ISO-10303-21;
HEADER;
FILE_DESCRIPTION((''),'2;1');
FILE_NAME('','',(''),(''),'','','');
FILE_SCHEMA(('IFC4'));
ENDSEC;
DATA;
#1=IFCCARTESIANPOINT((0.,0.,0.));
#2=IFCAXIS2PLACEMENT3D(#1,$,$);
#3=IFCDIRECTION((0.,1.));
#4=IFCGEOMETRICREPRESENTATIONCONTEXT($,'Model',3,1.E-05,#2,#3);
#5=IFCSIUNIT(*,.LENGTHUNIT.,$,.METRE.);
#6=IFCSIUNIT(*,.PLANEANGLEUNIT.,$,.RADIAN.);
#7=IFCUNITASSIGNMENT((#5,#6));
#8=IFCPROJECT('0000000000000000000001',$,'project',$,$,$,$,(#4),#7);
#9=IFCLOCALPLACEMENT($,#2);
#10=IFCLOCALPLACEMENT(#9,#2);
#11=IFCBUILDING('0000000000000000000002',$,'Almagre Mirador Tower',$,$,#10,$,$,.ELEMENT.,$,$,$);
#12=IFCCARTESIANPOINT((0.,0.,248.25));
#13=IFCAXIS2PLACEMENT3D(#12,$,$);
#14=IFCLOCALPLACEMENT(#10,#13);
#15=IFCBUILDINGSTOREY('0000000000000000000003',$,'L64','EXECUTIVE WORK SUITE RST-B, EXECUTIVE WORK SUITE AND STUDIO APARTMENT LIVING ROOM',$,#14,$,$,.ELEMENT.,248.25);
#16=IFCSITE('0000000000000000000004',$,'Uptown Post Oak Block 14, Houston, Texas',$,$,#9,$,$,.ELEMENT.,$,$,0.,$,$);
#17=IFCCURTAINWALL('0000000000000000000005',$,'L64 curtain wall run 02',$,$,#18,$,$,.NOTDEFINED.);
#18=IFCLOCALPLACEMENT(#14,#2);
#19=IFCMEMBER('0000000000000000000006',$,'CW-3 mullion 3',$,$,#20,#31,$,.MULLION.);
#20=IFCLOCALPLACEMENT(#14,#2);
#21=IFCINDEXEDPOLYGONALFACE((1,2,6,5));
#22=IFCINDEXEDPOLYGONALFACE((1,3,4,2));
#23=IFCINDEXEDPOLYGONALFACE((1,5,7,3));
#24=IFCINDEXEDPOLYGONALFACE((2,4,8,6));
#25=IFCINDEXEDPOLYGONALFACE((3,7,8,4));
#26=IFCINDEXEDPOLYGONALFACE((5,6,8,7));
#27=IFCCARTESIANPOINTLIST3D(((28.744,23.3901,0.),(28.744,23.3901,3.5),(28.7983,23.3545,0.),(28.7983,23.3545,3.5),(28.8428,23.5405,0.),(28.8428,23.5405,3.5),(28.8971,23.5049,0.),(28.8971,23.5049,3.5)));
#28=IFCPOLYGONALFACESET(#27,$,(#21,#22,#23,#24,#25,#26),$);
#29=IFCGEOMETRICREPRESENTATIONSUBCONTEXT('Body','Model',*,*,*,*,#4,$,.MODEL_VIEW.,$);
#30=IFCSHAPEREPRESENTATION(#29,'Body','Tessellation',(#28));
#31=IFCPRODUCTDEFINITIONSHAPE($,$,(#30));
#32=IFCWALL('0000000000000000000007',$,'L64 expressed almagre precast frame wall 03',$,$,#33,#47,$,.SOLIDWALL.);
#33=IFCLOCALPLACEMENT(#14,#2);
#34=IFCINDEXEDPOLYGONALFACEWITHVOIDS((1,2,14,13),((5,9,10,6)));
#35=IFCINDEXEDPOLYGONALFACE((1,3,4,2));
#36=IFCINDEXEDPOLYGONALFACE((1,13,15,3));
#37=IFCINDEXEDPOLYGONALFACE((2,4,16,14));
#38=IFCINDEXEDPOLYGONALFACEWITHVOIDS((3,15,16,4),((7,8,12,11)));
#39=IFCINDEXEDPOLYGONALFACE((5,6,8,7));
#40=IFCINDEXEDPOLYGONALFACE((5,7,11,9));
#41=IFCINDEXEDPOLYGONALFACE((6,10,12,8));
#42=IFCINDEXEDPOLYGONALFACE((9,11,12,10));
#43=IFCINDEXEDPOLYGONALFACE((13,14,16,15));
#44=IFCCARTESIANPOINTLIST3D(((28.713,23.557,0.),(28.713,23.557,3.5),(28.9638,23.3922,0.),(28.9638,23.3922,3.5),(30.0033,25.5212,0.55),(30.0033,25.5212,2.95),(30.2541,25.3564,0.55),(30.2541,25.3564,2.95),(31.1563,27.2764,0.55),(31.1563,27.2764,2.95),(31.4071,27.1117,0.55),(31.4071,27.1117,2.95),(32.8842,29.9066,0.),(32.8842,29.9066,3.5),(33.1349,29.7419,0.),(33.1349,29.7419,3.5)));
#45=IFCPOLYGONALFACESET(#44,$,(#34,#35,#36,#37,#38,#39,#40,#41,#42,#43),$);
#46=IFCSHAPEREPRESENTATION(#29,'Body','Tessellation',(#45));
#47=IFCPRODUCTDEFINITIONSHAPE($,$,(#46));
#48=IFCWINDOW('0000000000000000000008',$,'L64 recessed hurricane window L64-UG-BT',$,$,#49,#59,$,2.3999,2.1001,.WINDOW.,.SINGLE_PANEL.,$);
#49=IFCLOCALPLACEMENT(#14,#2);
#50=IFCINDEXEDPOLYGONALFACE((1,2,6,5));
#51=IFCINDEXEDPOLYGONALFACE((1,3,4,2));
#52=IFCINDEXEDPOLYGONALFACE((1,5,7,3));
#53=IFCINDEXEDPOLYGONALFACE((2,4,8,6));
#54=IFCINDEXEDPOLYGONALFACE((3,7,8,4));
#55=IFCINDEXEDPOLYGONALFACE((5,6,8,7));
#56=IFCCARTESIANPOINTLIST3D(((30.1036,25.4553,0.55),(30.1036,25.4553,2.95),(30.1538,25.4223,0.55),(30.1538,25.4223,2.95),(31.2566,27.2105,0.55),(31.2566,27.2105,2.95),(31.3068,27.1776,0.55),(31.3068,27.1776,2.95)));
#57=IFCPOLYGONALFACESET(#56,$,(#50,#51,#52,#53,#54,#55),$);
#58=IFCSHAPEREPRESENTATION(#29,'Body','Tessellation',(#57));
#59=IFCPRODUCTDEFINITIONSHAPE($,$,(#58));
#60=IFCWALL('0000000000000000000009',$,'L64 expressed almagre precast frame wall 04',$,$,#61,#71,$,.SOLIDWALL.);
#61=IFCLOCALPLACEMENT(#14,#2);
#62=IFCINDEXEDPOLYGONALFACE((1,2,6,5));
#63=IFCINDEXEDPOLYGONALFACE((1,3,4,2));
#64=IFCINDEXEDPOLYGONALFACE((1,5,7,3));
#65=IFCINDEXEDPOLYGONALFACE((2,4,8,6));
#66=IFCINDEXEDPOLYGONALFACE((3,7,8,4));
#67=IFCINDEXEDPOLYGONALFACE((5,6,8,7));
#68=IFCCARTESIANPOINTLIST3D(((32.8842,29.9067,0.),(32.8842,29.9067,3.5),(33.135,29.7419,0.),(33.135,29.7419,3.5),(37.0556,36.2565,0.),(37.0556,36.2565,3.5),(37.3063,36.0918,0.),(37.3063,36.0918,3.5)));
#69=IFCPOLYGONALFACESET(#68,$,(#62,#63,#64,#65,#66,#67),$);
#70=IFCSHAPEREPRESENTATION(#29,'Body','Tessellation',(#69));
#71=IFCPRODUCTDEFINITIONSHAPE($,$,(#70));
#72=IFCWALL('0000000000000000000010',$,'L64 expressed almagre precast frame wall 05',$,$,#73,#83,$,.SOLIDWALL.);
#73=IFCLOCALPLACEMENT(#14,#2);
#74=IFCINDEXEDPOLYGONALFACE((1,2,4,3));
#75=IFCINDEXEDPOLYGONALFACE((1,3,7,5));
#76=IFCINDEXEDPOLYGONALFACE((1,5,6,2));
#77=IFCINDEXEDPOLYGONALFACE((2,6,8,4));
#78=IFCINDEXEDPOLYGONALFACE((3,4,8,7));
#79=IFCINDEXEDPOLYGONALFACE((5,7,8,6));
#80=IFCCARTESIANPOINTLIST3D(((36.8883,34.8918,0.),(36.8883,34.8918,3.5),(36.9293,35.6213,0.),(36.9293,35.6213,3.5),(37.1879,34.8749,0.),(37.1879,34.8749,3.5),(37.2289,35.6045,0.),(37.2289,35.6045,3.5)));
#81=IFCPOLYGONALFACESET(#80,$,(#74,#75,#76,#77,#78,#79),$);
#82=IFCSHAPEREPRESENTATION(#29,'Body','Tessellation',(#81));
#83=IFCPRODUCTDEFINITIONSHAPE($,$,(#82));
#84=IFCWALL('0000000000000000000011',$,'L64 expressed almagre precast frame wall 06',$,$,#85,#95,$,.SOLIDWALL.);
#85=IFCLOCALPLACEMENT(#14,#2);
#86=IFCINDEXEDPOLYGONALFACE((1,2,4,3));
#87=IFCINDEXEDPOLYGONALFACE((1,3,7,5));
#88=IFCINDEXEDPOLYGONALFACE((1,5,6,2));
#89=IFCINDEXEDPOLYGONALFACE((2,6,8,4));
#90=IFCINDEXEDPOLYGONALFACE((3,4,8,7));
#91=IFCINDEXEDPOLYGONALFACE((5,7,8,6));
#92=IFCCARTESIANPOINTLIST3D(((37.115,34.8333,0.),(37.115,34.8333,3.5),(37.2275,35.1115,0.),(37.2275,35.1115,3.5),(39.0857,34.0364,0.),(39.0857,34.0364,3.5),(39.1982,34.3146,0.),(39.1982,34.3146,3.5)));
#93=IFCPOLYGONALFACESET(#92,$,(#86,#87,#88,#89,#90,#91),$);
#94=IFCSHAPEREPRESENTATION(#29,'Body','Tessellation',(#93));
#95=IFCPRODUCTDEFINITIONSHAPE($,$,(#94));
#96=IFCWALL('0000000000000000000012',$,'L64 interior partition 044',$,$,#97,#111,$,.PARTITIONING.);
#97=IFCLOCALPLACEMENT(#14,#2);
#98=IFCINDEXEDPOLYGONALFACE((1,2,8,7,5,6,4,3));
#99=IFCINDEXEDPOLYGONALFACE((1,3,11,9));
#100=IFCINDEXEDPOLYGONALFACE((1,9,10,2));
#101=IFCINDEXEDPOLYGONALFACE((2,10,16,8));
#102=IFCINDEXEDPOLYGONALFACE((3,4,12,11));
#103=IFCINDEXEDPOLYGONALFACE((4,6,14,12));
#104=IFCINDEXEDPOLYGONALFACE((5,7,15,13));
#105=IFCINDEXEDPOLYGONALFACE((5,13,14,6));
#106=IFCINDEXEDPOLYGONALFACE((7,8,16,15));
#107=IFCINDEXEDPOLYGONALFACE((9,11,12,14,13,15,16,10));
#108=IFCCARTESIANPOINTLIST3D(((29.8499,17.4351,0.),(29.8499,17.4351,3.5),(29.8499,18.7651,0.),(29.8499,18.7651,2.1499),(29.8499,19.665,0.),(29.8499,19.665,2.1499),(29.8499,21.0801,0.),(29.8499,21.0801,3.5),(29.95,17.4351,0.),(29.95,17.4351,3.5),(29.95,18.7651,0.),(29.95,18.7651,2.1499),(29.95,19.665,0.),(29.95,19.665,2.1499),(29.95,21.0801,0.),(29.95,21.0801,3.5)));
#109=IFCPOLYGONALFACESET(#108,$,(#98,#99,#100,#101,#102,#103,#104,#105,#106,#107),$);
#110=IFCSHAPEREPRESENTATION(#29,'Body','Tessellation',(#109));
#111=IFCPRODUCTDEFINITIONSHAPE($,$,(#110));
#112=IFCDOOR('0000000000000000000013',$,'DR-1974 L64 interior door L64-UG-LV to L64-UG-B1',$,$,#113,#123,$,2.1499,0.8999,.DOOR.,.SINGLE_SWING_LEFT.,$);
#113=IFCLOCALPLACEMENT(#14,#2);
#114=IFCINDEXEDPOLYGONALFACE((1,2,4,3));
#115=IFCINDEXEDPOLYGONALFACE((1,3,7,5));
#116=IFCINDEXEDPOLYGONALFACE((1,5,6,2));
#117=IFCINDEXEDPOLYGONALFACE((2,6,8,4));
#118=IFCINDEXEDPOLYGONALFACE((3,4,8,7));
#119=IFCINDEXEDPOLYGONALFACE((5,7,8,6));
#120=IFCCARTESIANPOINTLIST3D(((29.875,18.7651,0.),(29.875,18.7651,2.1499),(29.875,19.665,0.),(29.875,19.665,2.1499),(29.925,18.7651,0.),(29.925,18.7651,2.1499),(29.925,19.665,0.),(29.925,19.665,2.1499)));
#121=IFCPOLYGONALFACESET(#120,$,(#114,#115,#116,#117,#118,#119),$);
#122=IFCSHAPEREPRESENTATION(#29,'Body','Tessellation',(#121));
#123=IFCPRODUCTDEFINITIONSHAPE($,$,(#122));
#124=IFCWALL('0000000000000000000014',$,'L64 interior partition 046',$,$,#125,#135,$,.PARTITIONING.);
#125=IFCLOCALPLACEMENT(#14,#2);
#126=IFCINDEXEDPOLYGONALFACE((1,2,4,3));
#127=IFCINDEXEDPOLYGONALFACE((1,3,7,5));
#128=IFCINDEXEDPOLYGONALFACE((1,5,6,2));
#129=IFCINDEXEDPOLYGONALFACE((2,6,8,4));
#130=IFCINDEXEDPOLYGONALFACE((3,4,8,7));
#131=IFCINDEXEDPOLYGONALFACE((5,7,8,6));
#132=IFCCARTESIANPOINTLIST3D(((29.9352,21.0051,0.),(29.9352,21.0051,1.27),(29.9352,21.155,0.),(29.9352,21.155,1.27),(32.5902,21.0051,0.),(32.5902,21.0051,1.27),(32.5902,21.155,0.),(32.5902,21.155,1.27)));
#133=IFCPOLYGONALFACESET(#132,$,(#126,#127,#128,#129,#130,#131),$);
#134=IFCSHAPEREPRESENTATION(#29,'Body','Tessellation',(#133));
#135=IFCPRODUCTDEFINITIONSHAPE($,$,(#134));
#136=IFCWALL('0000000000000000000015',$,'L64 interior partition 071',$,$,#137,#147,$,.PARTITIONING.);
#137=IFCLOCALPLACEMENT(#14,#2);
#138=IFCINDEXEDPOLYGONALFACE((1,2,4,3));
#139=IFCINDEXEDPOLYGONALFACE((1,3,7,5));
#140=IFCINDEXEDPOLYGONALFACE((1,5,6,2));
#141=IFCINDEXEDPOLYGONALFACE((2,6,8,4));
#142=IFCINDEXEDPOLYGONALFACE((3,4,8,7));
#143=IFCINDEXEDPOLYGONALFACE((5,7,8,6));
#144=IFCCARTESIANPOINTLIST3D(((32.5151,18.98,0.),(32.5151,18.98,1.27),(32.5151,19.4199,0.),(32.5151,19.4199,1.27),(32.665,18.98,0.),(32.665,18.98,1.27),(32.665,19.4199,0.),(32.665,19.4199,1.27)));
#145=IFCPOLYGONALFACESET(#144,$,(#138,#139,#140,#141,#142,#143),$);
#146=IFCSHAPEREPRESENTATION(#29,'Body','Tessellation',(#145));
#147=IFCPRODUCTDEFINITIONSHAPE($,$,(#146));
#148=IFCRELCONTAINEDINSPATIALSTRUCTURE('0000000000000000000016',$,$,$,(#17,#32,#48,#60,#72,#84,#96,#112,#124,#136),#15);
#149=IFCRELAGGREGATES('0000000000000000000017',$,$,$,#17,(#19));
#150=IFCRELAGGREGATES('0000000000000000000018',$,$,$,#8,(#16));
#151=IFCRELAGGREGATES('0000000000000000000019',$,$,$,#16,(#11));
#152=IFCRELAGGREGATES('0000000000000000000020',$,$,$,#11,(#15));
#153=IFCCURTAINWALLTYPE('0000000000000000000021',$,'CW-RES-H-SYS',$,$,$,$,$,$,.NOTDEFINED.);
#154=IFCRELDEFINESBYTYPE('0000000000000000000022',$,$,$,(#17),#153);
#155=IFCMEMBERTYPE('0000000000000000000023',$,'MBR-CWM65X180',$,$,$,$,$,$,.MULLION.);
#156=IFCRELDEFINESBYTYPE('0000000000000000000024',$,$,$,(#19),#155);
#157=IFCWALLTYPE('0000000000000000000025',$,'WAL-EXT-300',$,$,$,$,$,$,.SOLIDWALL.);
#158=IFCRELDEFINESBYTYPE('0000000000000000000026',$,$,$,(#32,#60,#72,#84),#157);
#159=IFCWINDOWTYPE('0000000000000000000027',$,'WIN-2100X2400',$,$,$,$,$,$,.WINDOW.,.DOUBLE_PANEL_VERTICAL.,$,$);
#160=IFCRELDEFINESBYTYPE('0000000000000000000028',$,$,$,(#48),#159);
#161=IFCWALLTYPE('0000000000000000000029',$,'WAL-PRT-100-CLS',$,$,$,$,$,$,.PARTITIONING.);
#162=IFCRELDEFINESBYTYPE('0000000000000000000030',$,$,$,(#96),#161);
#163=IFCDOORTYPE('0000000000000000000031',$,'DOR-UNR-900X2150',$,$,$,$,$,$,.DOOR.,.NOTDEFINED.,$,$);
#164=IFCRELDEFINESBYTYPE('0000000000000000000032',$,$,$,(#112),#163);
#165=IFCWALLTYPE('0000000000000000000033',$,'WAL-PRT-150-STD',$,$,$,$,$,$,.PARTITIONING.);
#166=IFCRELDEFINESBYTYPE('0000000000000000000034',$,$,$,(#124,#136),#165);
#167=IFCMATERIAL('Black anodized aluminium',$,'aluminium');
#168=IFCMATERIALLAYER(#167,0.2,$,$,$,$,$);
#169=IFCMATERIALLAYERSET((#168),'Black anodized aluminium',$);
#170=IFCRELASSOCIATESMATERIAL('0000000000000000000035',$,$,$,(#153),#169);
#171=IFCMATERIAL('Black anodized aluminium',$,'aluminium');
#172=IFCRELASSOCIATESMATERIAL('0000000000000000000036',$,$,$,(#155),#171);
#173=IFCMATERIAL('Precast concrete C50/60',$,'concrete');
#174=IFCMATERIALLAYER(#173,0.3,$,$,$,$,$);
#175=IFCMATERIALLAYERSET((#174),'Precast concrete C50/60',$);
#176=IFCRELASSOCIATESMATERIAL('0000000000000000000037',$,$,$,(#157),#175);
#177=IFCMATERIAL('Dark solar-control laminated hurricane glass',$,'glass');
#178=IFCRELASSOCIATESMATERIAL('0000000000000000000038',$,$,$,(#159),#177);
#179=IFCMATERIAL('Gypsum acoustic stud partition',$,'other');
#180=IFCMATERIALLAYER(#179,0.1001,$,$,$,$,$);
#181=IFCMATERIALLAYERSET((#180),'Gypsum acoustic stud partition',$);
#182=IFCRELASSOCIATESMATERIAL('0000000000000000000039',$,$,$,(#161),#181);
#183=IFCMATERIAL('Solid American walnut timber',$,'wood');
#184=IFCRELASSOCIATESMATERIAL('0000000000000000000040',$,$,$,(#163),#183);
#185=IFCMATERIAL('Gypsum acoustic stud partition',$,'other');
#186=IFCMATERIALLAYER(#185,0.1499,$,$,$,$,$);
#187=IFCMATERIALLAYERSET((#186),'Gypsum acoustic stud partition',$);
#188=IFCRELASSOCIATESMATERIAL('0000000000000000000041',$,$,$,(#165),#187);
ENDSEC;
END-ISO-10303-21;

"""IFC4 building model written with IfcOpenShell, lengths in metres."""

from ifc_helpers import new_model, si_unit, direction, frame, frame_2d, origin, origin_2d, place, context, subcontext, project, spatial, rectangle, extrude, material, layer, layer_set, material_profile, profile_set, type_object, element, fill, aggregate, save


model = new_model("IFC4")

# Units and contexts
model_context = context("Model", 3, precision=1e-05, world=origin(), true_north=direction((0.0, 1.0)))
body_context = subcontext(model_context, "Body", "Model", "MODEL_VIEW")
ifc_project = project(units=[si_unit("LENGTHUNIT", "METRE"), si_unit("PLANEANGLEUNIT", "RADIAN")], contexts=[model_context])

# Site, building, storey
site_placement = place(None, origin())
site = spatial("IfcSite", under=ifc_project, at=site_placement, Name="Uptown Post Oak Block 14, Houston, Texas", CompositionType="ELEMENT", RefElevation=0.0)
building_placement = place(site_placement, origin())
building = spatial("IfcBuilding", under=site, at=building_placement, Name="Almagre Mirador Tower", CompositionType="ELEMENT")
storey_placement = place(building_placement, frame((0.0, 0.0, 248.25)))
storey = spatial("IfcBuildingStorey", under=building, at=storey_placement, Name="L64", Description="EXECUTIVE WORK SUITE RST-B, EXECUTIVE WORK SUITE AND STUDIO APARTMENT LIVING ROOM", CompositionType="ELEMENT", Elevation=248.25)

# Curtain wall, member
ifc_material_1 = material(Name="Black anodized aluminium", Category="aluminium")
ifc_layer_1 = layer(ifc_material_1, 0.2)
ifc_layer_set_1 = layer_set([ifc_layer_1], Name="Black anodized aluminium")
curtain_wall_type = type_object("IfcCurtainWallType", Name="CW-RES-H-SYS", PredefinedType="NOTDEFINED", material=ifc_layer_set_1)
curtain_wall_placement = place(storey_placement, origin())
curtain_wall = element("IfcCurtainWall", 1, at=curtain_wall_placement, inside=storey, type_object=curtain_wall_type, Name="L64 curtain wall run 02", PredefinedType="NOTDEFINED")
ifc_material_2 = material(Name="Black anodized aluminium", Category="aluminium")
ifc_material_profile_1 = material_profile(ifc_material_2, rectangle(XDim=0.0649, YDim=0.1799, at=origin_2d()), Name="CWM65X180")
ifc_profile_set_1 = profile_set([ifc_material_profile_1], Name="Black anodized aluminium")
member_type = type_object("IfcMemberType", Name="MBR-CWM65X180", PredefinedType="MULLION", material=ifc_profile_set_1)
member_placement = place(storey_placement, frame((28.8206, 23.4475, 0.0), z_axis=(0.0, 0.0, 1.0), x_axis=(-0.835788, 0.549053, 0.0)))
member = element("IfcMember", 2, at=member_placement, type_object=member_type, Name="CW-3 mullion 3", PredefinedType="MULLION", context=body_context, shape_type="SweptSolid", body=[
    extrude(rectangle(XDim=0.0649, YDim=0.1799, at=origin_2d()), origin(), (0.0, 0.0, 1.0), 3.5),
])
aggregate(curtain_wall, [member])

# Wall, opening, window
ifc_material_3 = material(Name="Precast concrete C50/60", Category="concrete")
ifc_layer_2 = layer(ifc_material_3, 0.3)
ifc_layer_set_2 = layer_set([ifc_layer_2], Name="Precast concrete C50/60")
wall_type_1 = type_object("IfcWallType", Name="WAL-EXT-300", PredefinedType="SOLIDWALL", material=ifc_layer_set_2)
wall_1_placement = place(storey_placement, frame((28.8384, 23.4746, 0.0), z_axis=(0.0, 0.0, 1.0), x_axis=(0.549044, 0.835794, 0.0)))
wall_1 = element("IfcWall", 3, at=wall_1_placement, inside=storey, type_object=wall_type_1, Name="L64 expressed almagre precast frame wall 03", PredefinedType="SOLIDWALL", context=body_context, shape_type="SweptSolid", body=[
    extrude(rectangle(XDim=7.5972, YDim=0.3, at=frame_2d((3.7986, 0.0))), origin(), (0.0, 0.0, 1.0), 3.5),
])
opening_1_placement = place(wall_1_placement, frame((2.3501, 0.0, 0.55)))
opening_1 = element("IfcOpeningElement", 4, at=opening_1_placement, cuts=wall_1, PredefinedType="OPENING", context=body_context, shape_type="SweptSolid", body=[
    extrude(rectangle(XDim=2.1001, YDim=2.3999, at=frame_2d((1.05, 1.2))), frame((0.0, 0.1599, 0.0), z_axis=(0.0, -1.0, 0.0), x_axis=(1.0, 0.0, 0.0)), (0.0, 0.0, 1.0), 0.32),
])
ifc_material_4 = material(Name="Dark solar-control laminated hurricane glass", Category="glass")
window_type = type_object("IfcWindowType", Name="WIN-2100X2400", PartitioningType="DOUBLE_PANEL_VERTICAL", PredefinedType="WINDOW", material=ifc_material_4)
window_placement = place(opening_1_placement, origin())
window = element("IfcWindow", 5, at=window_placement, inside=storey, type_object=window_type, Name="L64 recessed hurricane window L64-UG-BT", OverallHeight=2.3999, OverallWidth=2.1001, PartitioningType="SINGLE_PANEL", PredefinedType="WINDOW", context=body_context, shape_type="SweptSolid", body=[
    extrude(rectangle(XDim=2.1001, YDim=2.3999, at=frame_2d((1.05, 1.2))), frame((0.0, 0.03, 0.0), z_axis=(0.0, -1.0, 0.0), x_axis=(1.0, 0.0, 0.0)), (0.0, 0.0, 1.0), 0.0601),
])
fill(opening_1, window)

# Walls
wall_2_placement = place(storey_placement, frame((33.0095, 29.8242, 0.0), z_axis=(0.0, 0.0, 1.0), x_axis=(0.549052, 0.835788, 0.0)))
element("IfcWall", 6, at=wall_2_placement, inside=storey, type_object=wall_type_1, Name="L64 expressed almagre precast frame wall 04", PredefinedType="SOLIDWALL", context=body_context, shape_type="SweptSolid", body=[
    extrude(rectangle(XDim=7.5974, YDim=0.3, at=frame_2d((3.7988, 0.0))), origin(), (0.0, 0.0, 1.0), 3.5),
])
wall_3_placement = place(storey_placement, frame((37.0791, 35.6128, 0.0), z_axis=(0.0, 0.0, 1.0), x_axis=(-0.056136, -0.998423, 0.0)))
element("IfcWall", 7, at=wall_3_placement, inside=storey, type_object=wall_type_1, Name="L64 expressed almagre precast frame wall 05", PredefinedType="SOLIDWALL", context=body_context, shape_type="SweptSolid", body=[
    extrude(rectangle(XDim=0.7307, YDim=0.3, at=frame_2d((0.3652, 0.0))), origin(), (0.0, 0.0, 1.0), 3.5),
])
wall_4_placement = place(storey_placement, frame((37.1711, 34.9724, 0.0), z_axis=(0.0, 0.0, 1.0), x_axis=(0.927076, -0.374873, 0.0)))
element("IfcWall", 8, at=wall_4_placement, inside=storey, type_object=wall_type_1, Name="L64 expressed almagre precast frame wall 06", PredefinedType="SOLIDWALL", context=body_context, shape_type="SweptSolid", body=[
    extrude(rectangle(XDim=2.1257, YDim=0.3, at=frame_2d((1.063, 0.0))), origin(), (0.0, 0.0, 1.0), 3.5),
])

# Wall, opening, door
ifc_material_5 = material(Name="Gypsum acoustic stud partition", Category="other")
ifc_layer_3 = layer(ifc_material_5, 0.1001)
ifc_layer_set_3 = layer_set([ifc_layer_3], Name="Gypsum acoustic stud partition")
wall_type_2 = type_object("IfcWallType", Name="WAL-PRT-100-CLS", PredefinedType="PARTITIONING", material=ifc_layer_set_3)
wall_5_placement = place(storey_placement, frame((29.8999, 17.4351, 0.0), z_axis=(0.0, 0.0, 1.0), x_axis=(0.0, 1.0, 0.0)))
wall_5 = element("IfcWall", 9, at=wall_5_placement, inside=storey, type_object=wall_type_2, Name="L64 interior partition 044", PredefinedType="PARTITIONING", context=body_context, shape_type="SweptSolid", body=[
    extrude(rectangle(XDim=3.645, YDim=0.1001, at=frame_2d((1.8225, 0.0))), origin(), (0.0, 0.0, 1.0), 3.5),
])
opening_2_placement = place(wall_5_placement, frame((1.3301, 0.0, 0.0)))
opening_2 = element("IfcOpeningElement", 10, at=opening_2_placement, cuts=wall_5, PredefinedType="OPENING", context=body_context, shape_type="SweptSolid", body=[
    extrude(rectangle(XDim=0.8999, YDim=2.1499, at=frame_2d((0.45, 1.075))), frame((0.0, 0.06, 0.0), z_axis=(0.0, -1.0, 0.0), x_axis=(1.0, 0.0, 0.0)), (0.0, 0.0, 1.0), 0.1201),
])
ifc_material_6 = material(Name="Solid American walnut timber", Category="wood")
door_type_1 = type_object("IfcDoorType", Name="DOR-UNR-900X2150", OperationType="NOTDEFINED", PredefinedType="DOOR", material=ifc_material_6)
door_1_placement = place(opening_2_placement, origin())
door_1 = element("IfcDoor", 11, at=door_1_placement, inside=storey, type_object=door_type_1, Name="DR-1974 L64 interior door L64-UG-LV to L64-UG-B1", OperationType="SINGLE_SWING_LEFT", OverallHeight=2.1499, OverallWidth=0.8999, PredefinedType="DOOR", context=body_context, shape_type="SweptSolid", body=[
    extrude(rectangle(XDim=0.8999, YDim=2.1499, at=frame_2d((0.45, 1.075))), frame((0.0, 0.0249, 0.0), z_axis=(0.0, -1.0, 0.0), x_axis=(1.0, 0.0, 0.0)), (0.0, 0.0, 1.0), 0.05),
])
fill(opening_2, door_1)

# Walls
ifc_material_7 = material(Name="Gypsum acoustic stud partition", Category="other")
ifc_layer_4 = layer(ifc_material_7, 0.1499)
ifc_layer_set_4 = layer_set([ifc_layer_4], Name="Gypsum acoustic stud partition")
wall_type_3 = type_object("IfcWallType", Name="WAL-PRT-150-STD", PredefinedType="PARTITIONING", material=ifc_layer_set_4)
wall_6_placement = place(storey_placement, frame((29.9351, 21.0801, 0.0), z_axis=(0.0, 0.0, 1.0), x_axis=(1.0, 0.0, 0.0)))
element("IfcWall", 12, at=wall_6_placement, inside=storey, type_object=wall_type_3, Name="L64 interior partition 046", PredefinedType="PARTITIONING", context=body_context, shape_type="SweptSolid", body=[
    extrude(rectangle(XDim=2.655, YDim=0.1499, at=frame_2d((1.3276, 0.0))), origin(), (0.0, 0.0, 1.0), 1.27),
])
wall_7_placement = place(storey_placement, frame((32.5901, 18.98, 0.0), z_axis=(0.0, 0.0, 1.0), x_axis=(0.0, 1.0, 0.0)))
element("IfcWall", 13, at=wall_7_placement, inside=storey, type_object=wall_type_3, Name="L64 interior partition 071", PredefinedType="PARTITIONING", context=body_context, shape_type="SweptSolid", body=[
    extrude(rectangle(XDim=0.4399, YDim=0.1499, at=frame_2d((0.22, 0.0))), origin(), (0.0, 0.0, 1.0), 1.27),
])

save(model, "model.ifc")
